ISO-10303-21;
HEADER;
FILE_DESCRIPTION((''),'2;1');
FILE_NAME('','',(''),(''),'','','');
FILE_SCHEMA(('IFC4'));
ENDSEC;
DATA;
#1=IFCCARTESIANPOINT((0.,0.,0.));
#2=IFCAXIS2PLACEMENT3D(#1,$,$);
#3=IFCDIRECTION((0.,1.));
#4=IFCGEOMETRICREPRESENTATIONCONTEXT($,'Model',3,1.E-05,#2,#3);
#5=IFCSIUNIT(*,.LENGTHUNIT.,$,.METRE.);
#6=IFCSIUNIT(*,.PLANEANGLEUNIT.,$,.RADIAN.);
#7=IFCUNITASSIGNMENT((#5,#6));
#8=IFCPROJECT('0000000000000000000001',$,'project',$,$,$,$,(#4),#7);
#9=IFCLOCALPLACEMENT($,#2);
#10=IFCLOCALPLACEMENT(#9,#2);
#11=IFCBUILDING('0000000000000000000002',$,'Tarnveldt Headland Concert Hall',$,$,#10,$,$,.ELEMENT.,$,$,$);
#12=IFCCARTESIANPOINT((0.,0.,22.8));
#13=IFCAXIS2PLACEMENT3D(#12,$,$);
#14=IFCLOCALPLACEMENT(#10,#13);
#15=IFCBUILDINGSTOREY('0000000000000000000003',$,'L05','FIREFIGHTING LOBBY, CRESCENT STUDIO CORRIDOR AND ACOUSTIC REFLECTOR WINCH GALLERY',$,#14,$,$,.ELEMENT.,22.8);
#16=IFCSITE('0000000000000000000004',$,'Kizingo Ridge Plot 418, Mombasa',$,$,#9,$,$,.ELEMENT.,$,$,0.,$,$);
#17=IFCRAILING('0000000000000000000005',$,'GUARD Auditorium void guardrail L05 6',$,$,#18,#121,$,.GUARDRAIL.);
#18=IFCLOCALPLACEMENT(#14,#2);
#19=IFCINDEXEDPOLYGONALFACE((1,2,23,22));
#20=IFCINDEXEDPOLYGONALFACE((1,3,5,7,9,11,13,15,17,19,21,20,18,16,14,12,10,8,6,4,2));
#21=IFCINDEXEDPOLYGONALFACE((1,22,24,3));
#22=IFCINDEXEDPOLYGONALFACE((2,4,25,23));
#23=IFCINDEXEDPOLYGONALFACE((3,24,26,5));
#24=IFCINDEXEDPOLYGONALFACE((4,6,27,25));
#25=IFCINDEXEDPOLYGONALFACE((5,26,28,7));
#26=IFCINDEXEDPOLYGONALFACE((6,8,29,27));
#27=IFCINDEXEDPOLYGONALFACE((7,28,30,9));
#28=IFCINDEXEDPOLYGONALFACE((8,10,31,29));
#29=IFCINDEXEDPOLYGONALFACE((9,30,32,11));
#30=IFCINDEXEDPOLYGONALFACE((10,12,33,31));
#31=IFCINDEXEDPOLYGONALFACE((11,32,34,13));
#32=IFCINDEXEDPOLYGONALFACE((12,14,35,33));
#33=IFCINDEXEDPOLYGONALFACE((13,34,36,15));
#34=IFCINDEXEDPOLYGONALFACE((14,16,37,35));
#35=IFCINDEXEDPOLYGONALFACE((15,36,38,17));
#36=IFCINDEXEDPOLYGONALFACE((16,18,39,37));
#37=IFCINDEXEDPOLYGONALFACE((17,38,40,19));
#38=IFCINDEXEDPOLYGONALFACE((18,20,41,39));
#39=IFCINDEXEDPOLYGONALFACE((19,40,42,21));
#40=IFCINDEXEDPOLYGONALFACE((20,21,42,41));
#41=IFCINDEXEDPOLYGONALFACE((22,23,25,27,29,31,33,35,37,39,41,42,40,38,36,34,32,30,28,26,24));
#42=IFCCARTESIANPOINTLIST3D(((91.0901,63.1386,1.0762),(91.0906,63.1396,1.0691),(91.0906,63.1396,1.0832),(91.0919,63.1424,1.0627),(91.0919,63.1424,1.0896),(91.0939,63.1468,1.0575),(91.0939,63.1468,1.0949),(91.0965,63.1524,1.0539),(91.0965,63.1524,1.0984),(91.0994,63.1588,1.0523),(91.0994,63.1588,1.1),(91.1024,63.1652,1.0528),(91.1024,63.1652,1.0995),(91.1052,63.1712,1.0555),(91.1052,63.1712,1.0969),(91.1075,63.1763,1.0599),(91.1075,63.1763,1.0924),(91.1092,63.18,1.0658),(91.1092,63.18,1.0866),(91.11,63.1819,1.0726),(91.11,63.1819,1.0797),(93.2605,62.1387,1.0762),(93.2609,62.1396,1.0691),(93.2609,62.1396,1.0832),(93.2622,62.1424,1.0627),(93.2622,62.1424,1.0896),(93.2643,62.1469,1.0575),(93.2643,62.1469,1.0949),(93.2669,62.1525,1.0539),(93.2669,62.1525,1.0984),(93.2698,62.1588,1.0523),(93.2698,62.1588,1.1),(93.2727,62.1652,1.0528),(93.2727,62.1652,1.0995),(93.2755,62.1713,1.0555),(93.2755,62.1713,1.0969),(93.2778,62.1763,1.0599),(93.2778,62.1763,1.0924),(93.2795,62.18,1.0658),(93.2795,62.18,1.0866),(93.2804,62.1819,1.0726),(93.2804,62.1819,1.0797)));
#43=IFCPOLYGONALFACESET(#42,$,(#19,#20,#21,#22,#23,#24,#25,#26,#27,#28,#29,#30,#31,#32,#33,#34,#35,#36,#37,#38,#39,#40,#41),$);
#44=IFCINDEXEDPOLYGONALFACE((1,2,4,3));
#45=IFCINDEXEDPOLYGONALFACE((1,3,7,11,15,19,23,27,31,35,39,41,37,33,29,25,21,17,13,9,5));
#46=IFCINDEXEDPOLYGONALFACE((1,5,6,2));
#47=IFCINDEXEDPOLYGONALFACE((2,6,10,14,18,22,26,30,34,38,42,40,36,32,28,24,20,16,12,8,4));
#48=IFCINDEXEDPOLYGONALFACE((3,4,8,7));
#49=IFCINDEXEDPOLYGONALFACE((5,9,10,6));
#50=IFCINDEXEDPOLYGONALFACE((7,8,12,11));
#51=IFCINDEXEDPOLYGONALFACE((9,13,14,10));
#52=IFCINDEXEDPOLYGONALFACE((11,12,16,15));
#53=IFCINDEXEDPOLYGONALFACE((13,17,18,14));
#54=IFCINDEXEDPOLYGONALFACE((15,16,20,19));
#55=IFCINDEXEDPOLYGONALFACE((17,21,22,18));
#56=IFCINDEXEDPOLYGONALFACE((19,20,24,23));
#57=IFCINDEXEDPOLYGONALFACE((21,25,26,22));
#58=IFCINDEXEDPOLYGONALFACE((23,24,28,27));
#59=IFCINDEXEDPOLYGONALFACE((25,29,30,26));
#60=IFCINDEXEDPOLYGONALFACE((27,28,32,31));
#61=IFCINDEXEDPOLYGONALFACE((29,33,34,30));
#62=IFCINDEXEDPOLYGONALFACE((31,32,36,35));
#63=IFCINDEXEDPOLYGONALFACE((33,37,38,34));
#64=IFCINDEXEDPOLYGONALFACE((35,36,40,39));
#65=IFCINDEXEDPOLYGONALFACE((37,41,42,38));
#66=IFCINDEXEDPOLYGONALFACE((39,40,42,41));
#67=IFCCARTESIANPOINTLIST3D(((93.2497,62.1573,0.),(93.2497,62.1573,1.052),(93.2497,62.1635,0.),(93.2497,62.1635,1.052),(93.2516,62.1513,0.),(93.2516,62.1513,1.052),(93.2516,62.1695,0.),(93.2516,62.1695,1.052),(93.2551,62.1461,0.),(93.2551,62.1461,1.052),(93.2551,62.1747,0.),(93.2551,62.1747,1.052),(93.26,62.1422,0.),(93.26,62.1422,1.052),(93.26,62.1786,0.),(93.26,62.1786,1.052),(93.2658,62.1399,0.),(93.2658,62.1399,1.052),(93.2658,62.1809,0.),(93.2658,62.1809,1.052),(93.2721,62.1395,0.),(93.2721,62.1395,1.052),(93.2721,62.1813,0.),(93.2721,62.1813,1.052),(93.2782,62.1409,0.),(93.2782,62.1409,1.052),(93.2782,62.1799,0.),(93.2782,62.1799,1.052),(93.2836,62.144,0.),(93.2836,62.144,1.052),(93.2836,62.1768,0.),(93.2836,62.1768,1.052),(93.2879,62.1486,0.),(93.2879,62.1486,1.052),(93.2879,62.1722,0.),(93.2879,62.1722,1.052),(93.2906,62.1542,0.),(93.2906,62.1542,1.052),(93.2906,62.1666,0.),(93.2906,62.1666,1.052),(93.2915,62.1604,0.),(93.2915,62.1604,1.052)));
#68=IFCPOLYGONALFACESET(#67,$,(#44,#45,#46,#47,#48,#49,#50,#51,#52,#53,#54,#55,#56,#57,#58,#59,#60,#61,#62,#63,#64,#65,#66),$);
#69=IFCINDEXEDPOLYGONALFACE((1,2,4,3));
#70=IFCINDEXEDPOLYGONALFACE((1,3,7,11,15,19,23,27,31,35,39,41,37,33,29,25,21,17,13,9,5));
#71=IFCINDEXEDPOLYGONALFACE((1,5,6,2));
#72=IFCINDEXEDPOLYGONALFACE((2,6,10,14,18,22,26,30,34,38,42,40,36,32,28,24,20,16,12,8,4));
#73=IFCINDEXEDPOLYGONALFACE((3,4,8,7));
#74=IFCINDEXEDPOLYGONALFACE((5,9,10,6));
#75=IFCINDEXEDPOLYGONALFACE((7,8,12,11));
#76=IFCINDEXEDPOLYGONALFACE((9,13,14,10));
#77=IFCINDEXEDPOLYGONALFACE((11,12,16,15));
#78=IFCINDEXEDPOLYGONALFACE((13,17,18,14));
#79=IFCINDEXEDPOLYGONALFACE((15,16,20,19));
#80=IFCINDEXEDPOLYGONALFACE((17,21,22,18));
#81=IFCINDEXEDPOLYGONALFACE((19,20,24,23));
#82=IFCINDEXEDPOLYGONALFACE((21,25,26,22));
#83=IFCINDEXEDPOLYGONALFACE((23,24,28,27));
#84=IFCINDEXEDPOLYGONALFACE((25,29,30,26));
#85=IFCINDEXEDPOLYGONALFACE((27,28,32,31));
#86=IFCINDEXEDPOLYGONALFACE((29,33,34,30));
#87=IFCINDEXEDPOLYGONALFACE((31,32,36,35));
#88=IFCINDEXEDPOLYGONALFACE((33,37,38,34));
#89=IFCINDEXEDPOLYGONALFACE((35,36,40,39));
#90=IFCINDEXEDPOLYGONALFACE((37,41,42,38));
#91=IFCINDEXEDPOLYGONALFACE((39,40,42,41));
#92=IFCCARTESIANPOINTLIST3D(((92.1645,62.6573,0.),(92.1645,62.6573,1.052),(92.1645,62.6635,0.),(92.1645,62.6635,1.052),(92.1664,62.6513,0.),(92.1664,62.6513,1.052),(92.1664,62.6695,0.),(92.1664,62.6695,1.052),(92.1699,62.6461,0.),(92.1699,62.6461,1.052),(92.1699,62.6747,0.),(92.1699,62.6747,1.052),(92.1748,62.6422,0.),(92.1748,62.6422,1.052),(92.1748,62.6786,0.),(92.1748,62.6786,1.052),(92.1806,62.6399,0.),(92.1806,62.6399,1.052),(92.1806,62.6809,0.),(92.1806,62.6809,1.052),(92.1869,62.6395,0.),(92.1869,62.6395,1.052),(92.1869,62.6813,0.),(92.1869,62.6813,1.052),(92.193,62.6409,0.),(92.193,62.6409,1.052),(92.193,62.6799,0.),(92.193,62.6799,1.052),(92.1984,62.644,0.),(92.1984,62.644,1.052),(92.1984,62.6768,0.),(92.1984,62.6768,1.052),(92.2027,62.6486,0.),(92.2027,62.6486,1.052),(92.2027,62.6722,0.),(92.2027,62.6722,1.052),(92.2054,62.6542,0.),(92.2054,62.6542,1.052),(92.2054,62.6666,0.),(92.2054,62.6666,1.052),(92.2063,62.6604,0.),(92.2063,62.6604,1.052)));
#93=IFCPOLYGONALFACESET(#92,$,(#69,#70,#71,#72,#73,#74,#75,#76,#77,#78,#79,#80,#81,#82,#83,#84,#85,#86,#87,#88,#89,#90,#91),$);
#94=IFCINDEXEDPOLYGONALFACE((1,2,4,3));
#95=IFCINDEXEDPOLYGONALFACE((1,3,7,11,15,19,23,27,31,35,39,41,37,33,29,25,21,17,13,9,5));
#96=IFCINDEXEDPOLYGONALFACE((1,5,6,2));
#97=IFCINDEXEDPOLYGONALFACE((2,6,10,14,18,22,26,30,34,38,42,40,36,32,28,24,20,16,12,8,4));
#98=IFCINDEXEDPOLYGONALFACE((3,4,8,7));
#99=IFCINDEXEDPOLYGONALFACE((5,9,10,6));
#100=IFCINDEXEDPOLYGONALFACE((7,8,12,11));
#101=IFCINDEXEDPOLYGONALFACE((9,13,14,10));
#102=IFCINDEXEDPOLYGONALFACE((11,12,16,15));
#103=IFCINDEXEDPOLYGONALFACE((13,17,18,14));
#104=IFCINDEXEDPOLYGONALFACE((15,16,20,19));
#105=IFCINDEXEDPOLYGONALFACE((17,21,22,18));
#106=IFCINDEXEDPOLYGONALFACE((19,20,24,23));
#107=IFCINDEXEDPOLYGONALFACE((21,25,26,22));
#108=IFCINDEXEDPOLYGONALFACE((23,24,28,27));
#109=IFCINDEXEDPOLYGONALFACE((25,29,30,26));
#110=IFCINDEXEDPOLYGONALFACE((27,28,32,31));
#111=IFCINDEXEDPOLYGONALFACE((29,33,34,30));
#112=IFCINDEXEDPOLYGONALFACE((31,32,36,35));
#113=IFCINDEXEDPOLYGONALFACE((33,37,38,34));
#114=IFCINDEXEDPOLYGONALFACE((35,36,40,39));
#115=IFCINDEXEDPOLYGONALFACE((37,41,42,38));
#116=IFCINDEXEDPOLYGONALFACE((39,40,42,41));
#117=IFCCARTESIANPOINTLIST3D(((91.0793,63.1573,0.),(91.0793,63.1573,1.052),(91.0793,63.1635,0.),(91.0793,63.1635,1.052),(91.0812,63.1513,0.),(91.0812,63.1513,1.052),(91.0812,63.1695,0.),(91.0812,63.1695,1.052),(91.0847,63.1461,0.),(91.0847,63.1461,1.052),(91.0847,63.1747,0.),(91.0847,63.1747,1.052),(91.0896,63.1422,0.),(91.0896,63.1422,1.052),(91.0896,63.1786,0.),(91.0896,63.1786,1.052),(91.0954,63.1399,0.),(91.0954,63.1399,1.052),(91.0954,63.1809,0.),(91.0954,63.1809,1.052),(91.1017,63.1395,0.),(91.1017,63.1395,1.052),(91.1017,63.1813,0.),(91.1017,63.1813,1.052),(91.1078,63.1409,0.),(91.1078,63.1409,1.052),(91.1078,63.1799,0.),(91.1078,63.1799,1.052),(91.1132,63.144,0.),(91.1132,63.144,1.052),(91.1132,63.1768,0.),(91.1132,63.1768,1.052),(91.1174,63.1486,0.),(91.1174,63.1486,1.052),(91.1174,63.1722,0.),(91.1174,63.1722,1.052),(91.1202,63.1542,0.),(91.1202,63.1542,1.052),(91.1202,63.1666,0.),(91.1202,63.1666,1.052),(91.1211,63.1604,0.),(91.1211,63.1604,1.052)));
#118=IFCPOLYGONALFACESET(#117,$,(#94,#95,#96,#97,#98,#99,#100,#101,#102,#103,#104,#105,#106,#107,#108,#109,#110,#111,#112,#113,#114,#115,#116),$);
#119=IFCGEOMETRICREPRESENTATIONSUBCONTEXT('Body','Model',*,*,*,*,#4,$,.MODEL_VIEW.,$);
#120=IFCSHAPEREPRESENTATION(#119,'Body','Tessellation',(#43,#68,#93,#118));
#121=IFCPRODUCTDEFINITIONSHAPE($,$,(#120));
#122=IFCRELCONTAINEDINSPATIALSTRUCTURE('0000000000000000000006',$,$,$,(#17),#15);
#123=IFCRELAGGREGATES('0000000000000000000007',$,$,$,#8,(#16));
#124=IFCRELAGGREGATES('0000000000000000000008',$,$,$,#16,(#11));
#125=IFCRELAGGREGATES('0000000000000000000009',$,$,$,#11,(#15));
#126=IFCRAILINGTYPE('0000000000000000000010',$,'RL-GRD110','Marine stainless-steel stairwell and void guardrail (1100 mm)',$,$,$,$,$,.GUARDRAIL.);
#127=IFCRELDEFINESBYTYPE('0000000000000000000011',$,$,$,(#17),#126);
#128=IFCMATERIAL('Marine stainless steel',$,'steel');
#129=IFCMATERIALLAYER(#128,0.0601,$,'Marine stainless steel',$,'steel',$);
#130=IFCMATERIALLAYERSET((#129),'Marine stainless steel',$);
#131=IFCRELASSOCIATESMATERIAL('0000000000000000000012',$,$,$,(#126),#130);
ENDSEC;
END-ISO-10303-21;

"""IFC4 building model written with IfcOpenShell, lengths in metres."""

from ifc_helpers import new_model, si_unit, direction, frame, origin, origin_2d, place, context, subcontext, project, spatial, circle, extrude, material, layer, layer_set, type_object, element, save


model = new_model("IFC4")

# Units and contexts
model_context = context("Model", 3, precision=1e-05, world=origin(), true_north=direction((0.0, 1.0)))
body_context = subcontext(model_context, "Body", "Model", "MODEL_VIEW")
ifc_project = project(units=[si_unit("LENGTHUNIT", "METRE"), si_unit("PLANEANGLEUNIT", "RADIAN")], contexts=[model_context])

# Site, building, storey
site_placement = place(None, origin())
site = spatial("IfcSite", under=ifc_project, at=site_placement, Name="Kizingo Ridge Plot 418, Mombasa", CompositionType="ELEMENT", RefElevation=0.0)
building_placement = place(site_placement, origin())
building = spatial("IfcBuilding", under=site, at=building_placement, Name="Tarnveldt Headland Concert Hall", CompositionType="ELEMENT")
storey_placement = place(building_placement, frame((0.0, 0.0, 22.8)))
storey = spatial("IfcBuildingStorey", under=building, at=storey_placement, Name="L05", Description="FIREFIGHTING LOBBY, CRESCENT STUDIO CORRIDOR AND ACOUSTIC REFLECTOR WINCH GALLERY", CompositionType="ELEMENT", Elevation=22.8)

# Railing
ifc_material_1 = material(Name="Marine stainless steel", Category="steel")
ifc_layer_1 = layer(ifc_material_1, 0.0601, Name="Marine stainless steel", Category="steel")
ifc_layer_set_1 = layer_set([ifc_layer_1], Name="Marine stainless steel")
railing_type = type_object("IfcRailingType", Name="RL-GRD110", Description="Marine stainless-steel stairwell and void guardrail (1100 mm)", PredefinedType="GUARDRAIL", material=ifc_layer_set_1)
railing_1_placement = place(storey_placement, frame((93.2705, 62.1604, 0.0)))
element("IfcRailing", 1, at=railing_1_placement, inside=storey, type_object=railing_type, Name="GUARD Auditorium void guardrail L05 6", PredefinedType="GUARDRAIL", context=body_context, shape_type="SweptSolid", body=[
    extrude(circle(Radius=0.0239, at=origin_2d()), frame((0.0, 0.0, 1.0762), z_axis=(-0.908234, 0.418462, 0.0), x_axis=(-0.418462, -0.908234, 0.0)), (0.0, 0.0, 1.0), 2.3896),
    extrude(circle(Radius=0.021, at=origin_2d()), origin(), (0.0, 0.0, 1.0), 1.052),
    extrude(circle(Radius=0.021, at=origin_2d()), frame((-1.0852, 0.5, 0.0)), (0.0, 0.0, 1.0), 1.052),
    extrude(circle(Radius=0.021, at=origin_2d()), frame((-2.1704, 1.0, 0.0)), (0.0, 0.0, 1.0), 1.052),
])

save(model, "model.ifc")
